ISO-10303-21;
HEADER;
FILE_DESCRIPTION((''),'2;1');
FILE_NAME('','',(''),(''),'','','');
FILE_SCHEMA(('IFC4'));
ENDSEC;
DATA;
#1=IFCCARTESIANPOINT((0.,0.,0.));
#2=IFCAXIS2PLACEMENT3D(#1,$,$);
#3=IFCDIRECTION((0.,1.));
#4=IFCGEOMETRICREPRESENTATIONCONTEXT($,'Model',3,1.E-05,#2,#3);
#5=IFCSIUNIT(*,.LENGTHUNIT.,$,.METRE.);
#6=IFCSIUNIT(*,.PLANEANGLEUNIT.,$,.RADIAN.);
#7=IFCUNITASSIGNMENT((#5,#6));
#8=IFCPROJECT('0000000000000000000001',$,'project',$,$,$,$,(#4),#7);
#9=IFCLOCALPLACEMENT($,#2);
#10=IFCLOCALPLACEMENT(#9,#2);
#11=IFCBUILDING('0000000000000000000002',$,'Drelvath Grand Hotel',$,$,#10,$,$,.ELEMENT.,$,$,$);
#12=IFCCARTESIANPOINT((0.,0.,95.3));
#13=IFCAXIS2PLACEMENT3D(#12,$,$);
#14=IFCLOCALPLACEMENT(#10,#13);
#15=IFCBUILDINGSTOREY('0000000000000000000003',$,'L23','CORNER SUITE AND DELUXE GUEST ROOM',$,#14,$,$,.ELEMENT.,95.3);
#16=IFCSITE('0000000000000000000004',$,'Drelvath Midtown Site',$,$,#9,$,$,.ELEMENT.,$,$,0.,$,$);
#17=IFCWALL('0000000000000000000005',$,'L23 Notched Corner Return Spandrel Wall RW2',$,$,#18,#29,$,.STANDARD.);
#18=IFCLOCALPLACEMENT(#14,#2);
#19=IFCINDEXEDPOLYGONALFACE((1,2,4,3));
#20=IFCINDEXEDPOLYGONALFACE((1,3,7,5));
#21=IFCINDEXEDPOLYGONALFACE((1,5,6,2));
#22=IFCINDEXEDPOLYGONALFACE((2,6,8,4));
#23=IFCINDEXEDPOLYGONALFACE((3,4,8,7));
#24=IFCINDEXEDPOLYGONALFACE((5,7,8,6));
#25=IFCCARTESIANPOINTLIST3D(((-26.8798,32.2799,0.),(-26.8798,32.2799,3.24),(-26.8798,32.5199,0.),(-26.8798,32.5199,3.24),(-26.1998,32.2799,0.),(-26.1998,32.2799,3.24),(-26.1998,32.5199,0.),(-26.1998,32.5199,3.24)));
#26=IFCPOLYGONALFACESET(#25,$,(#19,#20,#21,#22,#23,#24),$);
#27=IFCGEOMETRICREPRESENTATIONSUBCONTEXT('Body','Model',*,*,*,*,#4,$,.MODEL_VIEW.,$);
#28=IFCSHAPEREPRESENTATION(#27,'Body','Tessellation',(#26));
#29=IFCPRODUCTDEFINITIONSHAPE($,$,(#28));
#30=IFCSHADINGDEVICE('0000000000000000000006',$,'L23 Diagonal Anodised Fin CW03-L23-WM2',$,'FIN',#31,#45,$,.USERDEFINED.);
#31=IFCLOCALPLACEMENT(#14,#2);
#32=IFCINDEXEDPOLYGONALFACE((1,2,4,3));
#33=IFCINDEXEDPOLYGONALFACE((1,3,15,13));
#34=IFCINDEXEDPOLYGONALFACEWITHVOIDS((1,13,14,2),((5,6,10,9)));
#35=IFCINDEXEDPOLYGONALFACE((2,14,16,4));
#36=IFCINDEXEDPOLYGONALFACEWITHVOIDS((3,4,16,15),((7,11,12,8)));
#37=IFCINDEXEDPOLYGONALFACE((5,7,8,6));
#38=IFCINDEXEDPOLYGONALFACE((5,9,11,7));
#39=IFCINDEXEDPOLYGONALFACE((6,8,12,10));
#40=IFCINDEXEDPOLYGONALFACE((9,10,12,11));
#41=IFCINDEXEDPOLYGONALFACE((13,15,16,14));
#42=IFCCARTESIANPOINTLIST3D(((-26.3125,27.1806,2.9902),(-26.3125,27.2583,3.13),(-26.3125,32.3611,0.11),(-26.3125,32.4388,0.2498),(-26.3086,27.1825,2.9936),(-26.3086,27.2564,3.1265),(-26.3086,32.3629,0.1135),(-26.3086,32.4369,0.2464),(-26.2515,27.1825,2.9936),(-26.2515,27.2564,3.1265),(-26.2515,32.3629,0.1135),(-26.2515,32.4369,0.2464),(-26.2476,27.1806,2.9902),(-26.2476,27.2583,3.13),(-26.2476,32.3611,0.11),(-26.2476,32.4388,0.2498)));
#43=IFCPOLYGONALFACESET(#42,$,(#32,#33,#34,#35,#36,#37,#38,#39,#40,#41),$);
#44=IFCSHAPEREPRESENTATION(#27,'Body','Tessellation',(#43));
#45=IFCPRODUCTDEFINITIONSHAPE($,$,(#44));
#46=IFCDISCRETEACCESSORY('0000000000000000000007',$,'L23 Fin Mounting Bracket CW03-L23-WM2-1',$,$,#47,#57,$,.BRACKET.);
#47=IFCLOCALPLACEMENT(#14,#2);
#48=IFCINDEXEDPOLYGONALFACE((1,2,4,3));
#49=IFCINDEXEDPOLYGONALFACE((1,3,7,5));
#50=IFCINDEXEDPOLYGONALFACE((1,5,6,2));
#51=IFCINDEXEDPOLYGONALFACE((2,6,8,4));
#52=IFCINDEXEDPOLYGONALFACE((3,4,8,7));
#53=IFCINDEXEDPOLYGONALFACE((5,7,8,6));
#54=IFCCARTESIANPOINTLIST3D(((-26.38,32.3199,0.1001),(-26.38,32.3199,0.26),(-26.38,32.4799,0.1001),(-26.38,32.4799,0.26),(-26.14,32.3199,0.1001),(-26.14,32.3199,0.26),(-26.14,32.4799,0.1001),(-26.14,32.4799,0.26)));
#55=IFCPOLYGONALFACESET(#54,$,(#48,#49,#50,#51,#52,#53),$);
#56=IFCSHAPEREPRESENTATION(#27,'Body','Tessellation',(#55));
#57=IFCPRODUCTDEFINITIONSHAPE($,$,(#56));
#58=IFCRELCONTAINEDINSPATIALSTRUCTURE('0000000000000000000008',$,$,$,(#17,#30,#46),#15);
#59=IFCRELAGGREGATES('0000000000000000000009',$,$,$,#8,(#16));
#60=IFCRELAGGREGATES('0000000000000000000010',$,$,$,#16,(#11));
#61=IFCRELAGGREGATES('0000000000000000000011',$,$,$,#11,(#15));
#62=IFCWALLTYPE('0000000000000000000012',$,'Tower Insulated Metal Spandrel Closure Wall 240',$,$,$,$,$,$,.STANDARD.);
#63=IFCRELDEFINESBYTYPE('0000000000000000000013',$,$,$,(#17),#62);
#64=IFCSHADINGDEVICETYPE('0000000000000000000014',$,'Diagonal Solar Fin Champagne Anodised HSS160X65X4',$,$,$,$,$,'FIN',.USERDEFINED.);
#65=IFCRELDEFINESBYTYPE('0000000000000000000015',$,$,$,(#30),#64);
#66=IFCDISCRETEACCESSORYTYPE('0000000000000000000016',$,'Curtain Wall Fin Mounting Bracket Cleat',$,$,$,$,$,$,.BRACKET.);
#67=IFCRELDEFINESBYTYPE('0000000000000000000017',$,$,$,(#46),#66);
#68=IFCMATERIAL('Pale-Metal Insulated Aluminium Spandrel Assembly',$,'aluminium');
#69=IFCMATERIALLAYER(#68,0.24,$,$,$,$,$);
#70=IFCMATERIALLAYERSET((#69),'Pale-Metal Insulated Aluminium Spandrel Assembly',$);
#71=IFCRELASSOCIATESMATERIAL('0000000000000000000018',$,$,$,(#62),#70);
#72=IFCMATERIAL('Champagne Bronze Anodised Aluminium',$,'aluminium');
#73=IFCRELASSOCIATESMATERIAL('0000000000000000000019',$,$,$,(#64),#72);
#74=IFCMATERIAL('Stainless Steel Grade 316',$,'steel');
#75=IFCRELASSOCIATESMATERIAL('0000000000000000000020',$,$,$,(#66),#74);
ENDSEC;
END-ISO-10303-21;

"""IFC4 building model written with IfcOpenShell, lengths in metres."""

from ifc_helpers import new_model, si_unit, direction, frame, frame_2d, origin, origin_2d, place, context, subcontext, project, spatial, rectangle, hollow_rectangle, extrude, material, layer, layer_set, material_profile, profile_set, type_object, element, save


model = new_model("IFC4")

# Units and contexts
model_context = context("Model", 3, precision=1e-05, world=origin(), true_north=direction((0.0, 1.0)))
body_context = subcontext(model_context, "Body", "Model", "MODEL_VIEW")
ifc_project = project(units=[si_unit("LENGTHUNIT", "METRE"), si_unit("PLANEANGLEUNIT", "RADIAN")], contexts=[model_context])

# Site, building, storey
site_placement = place(None, origin())
site = spatial("IfcSite", under=ifc_project, at=site_placement, Name="Drelvath Midtown Site", CompositionType="ELEMENT", RefElevation=0.0)
building_placement = place(site_placement, origin())
building = spatial("IfcBuilding", under=site, at=building_placement, Name="Drelvath Grand Hotel", CompositionType="ELEMENT")
storey_placement = place(building_placement, frame((0.0, 0.0, 95.3)))
storey = spatial("IfcBuildingStorey", under=building, at=storey_placement, Name="L23", Description="CORNER SUITE AND DELUXE GUEST ROOM", CompositionType="ELEMENT", Elevation=95.3)

# Wall
ifc_material_1 = material(Name="Pale-Metal Insulated Aluminium Spandrel Assembly", Category="aluminium")
ifc_layer_1 = layer(ifc_material_1, 0.24)
ifc_layer_set_1 = layer_set([ifc_layer_1], Name="Pale-Metal Insulated Aluminium Spandrel Assembly")
wall_type_1 = type_object("IfcWallType", Name="Tower Insulated Metal Spandrel Closure Wall 240", PredefinedType="STANDARD", material=ifc_layer_set_1)
wall_1_placement = place(storey_placement, frame((-26.2, 32.3999, 0.0), z_axis=(0.0, 0.0, 1.0), x_axis=(-1.0, 0.0, 0.0)))
element("IfcWall", 1, at=wall_1_placement, inside=storey, type_object=wall_type_1, Name="L23 Notched Corner Return Spandrel Wall RW2", PredefinedType="STANDARD", context=body_context, shape_type="SweptSolid", body=[
    extrude(rectangle(XDim=0.6799, YDim=0.24, at=frame_2d((0.3398, 0.0))), origin(), (0.0, 0.0, 1.0), 3.24),
])

# Shading device
ifc_material_2 = material(Name="Champagne Bronze Anodised Aluminium", Category="aluminium")
ifc_material_profile_1 = material_profile(ifc_material_2, hollow_rectangle(XDim=0.0649, YDim=0.1599, WallThickness=0.0039, at=origin_2d()), Name="HSS160X65X4")
ifc_profile_set_1 = profile_set([ifc_material_profile_1], Name="Champagne Bronze Anodised Aluminium")
shading_device_type = type_object("IfcShadingDeviceType", Name="Diagonal Solar Fin Champagne Anodised HSS160X65X4", ElementType="FIN", PredefinedType="USERDEFINED", material=ifc_profile_set_1)
shading_device_placement = place(storey_placement, frame((-26.28, 32.3999, 0.1799), z_axis=(0.0, -0.874006, 0.485916), x_axis=(1.0, 0.0, 0.0)))
element("IfcShadingDevice", 2, at=shading_device_placement, inside=storey, type_object=shading_device_type, Name="L23 Diagonal Anodised Fin CW03-L23-WM2", ObjectType="FIN", PredefinedType="USERDEFINED", context=body_context, shape_type="SweptSolid", body=[
    extrude(hollow_rectangle(XDim=0.0649, YDim=0.1599, WallThickness=0.0039, at=origin_2d()), origin(), (0.0, 0.0, 1.0), 5.9272),
])

# Discrete accessory
ifc_material_3 = material(Name="Stainless Steel Grade 316", Category="steel")
discrete_accessory_type = type_object("IfcDiscreteAccessoryType", Name="Curtain Wall Fin Mounting Bracket Cleat", PredefinedType="BRACKET", material=ifc_material_3)
discrete_accessory_placement = place(storey_placement, frame((-26.26, 32.3999, 0.1001), z_axis=(0.0, 0.0, 1.0), x_axis=(0.0, 1.0, 0.0)))
element("IfcDiscreteAccessory", 3, at=discrete_accessory_placement, inside=storey, type_object=discrete_accessory_type, Name="L23 Fin Mounting Bracket CW03-L23-WM2-1", PredefinedType="BRACKET", context=body_context, shape_type="SweptSolid", body=[
    extrude(rectangle(XDim=0.1599, YDim=0.24, at=origin_2d()), origin(), (0.0, 0.0, 1.0), 0.1599),
])

save(model, "model.ifc")
